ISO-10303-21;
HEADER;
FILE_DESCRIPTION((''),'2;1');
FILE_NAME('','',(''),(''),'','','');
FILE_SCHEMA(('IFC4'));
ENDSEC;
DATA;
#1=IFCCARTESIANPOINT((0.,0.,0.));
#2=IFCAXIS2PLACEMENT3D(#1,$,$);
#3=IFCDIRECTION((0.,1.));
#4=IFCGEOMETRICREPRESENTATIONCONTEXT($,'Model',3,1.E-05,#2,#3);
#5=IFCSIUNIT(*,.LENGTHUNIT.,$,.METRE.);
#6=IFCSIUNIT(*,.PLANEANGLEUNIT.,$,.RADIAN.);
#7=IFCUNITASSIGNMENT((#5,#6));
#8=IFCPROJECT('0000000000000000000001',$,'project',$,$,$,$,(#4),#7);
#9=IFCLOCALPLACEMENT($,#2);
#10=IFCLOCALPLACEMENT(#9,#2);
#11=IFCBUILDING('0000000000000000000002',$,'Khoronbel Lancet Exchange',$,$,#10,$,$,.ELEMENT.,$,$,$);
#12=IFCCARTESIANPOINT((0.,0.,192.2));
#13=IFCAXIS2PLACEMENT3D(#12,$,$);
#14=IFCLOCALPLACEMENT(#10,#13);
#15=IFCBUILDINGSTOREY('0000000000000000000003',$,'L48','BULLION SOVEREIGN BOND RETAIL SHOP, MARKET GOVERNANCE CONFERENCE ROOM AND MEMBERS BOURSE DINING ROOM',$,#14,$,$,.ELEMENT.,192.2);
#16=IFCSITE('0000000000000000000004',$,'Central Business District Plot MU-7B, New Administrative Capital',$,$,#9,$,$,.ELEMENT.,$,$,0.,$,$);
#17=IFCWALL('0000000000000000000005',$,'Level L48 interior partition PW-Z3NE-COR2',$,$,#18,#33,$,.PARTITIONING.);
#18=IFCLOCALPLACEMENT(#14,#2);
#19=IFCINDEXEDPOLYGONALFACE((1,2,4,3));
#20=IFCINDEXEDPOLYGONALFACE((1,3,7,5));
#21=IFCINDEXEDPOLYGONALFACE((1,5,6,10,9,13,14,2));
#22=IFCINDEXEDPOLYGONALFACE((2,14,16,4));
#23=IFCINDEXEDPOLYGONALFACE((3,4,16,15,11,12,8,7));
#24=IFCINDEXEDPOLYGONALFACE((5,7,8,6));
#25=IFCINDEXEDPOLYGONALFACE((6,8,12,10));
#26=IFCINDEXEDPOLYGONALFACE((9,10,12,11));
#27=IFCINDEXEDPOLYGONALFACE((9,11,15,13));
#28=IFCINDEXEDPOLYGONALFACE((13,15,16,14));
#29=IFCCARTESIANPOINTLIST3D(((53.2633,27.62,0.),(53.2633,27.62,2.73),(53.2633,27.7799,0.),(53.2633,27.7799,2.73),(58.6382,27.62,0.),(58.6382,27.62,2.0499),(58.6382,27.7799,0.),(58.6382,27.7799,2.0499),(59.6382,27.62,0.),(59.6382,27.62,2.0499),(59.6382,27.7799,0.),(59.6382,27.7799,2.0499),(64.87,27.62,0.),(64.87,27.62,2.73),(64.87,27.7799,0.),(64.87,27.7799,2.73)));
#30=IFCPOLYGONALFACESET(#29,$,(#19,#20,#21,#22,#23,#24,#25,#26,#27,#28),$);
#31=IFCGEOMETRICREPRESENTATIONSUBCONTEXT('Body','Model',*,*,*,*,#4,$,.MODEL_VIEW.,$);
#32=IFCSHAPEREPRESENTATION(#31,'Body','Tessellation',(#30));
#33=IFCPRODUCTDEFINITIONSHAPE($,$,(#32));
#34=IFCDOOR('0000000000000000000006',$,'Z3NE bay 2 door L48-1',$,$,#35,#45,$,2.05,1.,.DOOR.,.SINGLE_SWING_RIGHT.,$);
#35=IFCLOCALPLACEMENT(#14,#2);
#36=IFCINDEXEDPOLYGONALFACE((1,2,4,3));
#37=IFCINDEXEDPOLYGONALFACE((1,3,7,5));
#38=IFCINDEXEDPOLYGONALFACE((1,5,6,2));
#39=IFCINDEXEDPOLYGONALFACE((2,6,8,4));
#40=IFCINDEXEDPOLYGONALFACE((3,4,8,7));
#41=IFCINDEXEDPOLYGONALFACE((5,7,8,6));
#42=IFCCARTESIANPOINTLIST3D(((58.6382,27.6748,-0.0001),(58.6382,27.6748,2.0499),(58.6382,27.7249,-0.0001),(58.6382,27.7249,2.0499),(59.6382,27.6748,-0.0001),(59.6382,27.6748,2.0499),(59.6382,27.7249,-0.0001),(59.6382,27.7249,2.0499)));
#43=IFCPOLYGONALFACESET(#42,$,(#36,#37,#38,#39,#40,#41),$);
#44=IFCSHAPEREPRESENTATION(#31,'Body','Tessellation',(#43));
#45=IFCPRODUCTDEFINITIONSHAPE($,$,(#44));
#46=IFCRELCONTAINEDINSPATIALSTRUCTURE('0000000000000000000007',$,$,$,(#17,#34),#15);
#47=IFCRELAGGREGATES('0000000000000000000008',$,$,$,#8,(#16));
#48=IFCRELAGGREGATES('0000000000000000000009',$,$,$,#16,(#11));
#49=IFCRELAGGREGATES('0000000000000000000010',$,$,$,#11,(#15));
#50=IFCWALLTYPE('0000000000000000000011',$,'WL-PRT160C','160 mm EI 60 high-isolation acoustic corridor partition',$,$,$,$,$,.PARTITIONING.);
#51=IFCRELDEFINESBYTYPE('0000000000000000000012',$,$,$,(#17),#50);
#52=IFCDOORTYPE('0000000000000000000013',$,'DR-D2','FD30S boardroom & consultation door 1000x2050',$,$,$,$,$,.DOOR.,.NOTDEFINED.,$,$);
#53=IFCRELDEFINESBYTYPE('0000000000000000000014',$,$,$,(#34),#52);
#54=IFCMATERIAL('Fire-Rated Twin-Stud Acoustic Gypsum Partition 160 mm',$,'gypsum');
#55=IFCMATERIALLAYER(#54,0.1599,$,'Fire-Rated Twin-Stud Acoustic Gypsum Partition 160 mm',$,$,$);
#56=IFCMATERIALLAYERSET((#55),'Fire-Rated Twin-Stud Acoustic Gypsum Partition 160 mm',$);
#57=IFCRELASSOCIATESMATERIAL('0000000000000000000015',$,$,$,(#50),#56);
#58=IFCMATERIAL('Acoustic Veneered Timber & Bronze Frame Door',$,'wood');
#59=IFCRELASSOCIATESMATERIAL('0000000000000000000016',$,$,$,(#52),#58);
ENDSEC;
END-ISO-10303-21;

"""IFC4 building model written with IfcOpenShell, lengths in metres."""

from ifc_helpers import new_model, si_unit, direction, frame, frame_2d, origin, place, context, subcontext, project, spatial, rectangle, extrude, material, layer, layer_set, type_object, element, fill, save


model = new_model("IFC4")

# Units and contexts
model_context = context("Model", 3, precision=1e-05, world=origin(), true_north=direction((0.0, 1.0)))
body_context = subcontext(model_context, "Body", "Model", "MODEL_VIEW")
ifc_project = project(units=[si_unit("LENGTHUNIT", "METRE"), si_unit("PLANEANGLEUNIT", "RADIAN")], contexts=[model_context])

# Site, building, storey
site_placement = place(None, origin())
site = spatial("IfcSite", under=ifc_project, at=site_placement, Name="Central Business District Plot MU-7B, New Administrative Capital", CompositionType="ELEMENT", RefElevation=0.0)
building_placement = place(site_placement, origin())
building = spatial("IfcBuilding", under=site, at=building_placement, Name="Khoronbel Lancet Exchange", CompositionType="ELEMENT")
storey_placement = place(building_placement, frame((0.0, 0.0, 192.2)))
storey = spatial("IfcBuildingStorey", under=building, at=storey_placement, Name="L48", Description="BULLION SOVEREIGN BOND RETAIL SHOP, MARKET GOVERNANCE CONFERENCE ROOM AND MEMBERS BOURSE DINING ROOM", CompositionType="ELEMENT", Elevation=192.2)

# Wall, opening, door
ifc_material_1 = material(Name="Fire-Rated Twin-Stud Acoustic Gypsum Partition 160 mm", Category="gypsum")
ifc_layer_1 = layer(ifc_material_1, 0.1599, Name="Fire-Rated Twin-Stud Acoustic Gypsum Partition 160 mm")
ifc_layer_set_1 = layer_set([ifc_layer_1], Name="Fire-Rated Twin-Stud Acoustic Gypsum Partition 160 mm")
wall_type_1 = type_object("IfcWallType", Name="WL-PRT160C", Description="160 mm EI 60 high-isolation acoustic corridor partition", PredefinedType="PARTITIONING", material=ifc_layer_set_1)
ifc_material_2 = material(Name="Acoustic Veneered Timber & Bronze Frame Door", Category="wood")
door_type_1 = type_object("IfcDoorType", Name="DR-D2", Description="FD30S boardroom & consultation door 1000x2050", OperationType="NOTDEFINED", PredefinedType="DOOR", material=ifc_material_2)
wall_1_placement = place(storey_placement, frame((53.2634, 27.7, 0.0), z_axis=(0.0, 0.0, 1.0), x_axis=(1.0, 0.0, 0.0)))
wall_1 = element("IfcWall", 1, at=wall_1_placement, inside=storey, type_object=wall_type_1, Name="Level L48 interior partition PW-Z3NE-COR2", PredefinedType="PARTITIONING", context=body_context, shape_type="SweptSolid", body=[
    extrude(rectangle(XDim=11.6067, YDim=0.1599, at=frame_2d((5.8032, 0.0))), origin(), (0.0, 0.0, 1.0), 2.73),
])
opening_1_placement = place(wall_1_placement, frame((5.3748, 0.0, 0.0)))
opening_1 = element("IfcOpeningElement", 2, at=opening_1_placement, cuts=wall_1, PredefinedType="OPENING", context=body_context, shape_type="SweptSolid", body=[
    extrude(rectangle(XDim=1.0, YDim=2.05, at=frame_2d((0.5, 1.0249))), frame((0.0, 0.0898, 0.0), z_axis=(0.0, -1.0, 0.0), x_axis=(1.0, 0.0, 0.0)), (0.0, 0.0, 1.0), 0.1799),
])
door_1_placement = place(opening_1_placement, origin())
door_1 = element("IfcDoor", 3, at=door_1_placement, inside=storey, type_object=door_type_1, Name="Z3NE bay 2 door L48-1", OperationType="SINGLE_SWING_RIGHT", OverallHeight=2.05, OverallWidth=1.0, PredefinedType="DOOR", context=body_context, shape_type="SweptSolid", body=[
    extrude(rectangle(XDim=1.0, YDim=2.05, at=frame_2d((0.5, 1.0249))), frame((0.0, 0.0249, 0.0), z_axis=(0.0, -1.0, 0.0), x_axis=(1.0, 0.0, 0.0)), (0.0, 0.0, 1.0), 0.05),
])
fill(opening_1, door_1)

save(model, "model.ifc")
